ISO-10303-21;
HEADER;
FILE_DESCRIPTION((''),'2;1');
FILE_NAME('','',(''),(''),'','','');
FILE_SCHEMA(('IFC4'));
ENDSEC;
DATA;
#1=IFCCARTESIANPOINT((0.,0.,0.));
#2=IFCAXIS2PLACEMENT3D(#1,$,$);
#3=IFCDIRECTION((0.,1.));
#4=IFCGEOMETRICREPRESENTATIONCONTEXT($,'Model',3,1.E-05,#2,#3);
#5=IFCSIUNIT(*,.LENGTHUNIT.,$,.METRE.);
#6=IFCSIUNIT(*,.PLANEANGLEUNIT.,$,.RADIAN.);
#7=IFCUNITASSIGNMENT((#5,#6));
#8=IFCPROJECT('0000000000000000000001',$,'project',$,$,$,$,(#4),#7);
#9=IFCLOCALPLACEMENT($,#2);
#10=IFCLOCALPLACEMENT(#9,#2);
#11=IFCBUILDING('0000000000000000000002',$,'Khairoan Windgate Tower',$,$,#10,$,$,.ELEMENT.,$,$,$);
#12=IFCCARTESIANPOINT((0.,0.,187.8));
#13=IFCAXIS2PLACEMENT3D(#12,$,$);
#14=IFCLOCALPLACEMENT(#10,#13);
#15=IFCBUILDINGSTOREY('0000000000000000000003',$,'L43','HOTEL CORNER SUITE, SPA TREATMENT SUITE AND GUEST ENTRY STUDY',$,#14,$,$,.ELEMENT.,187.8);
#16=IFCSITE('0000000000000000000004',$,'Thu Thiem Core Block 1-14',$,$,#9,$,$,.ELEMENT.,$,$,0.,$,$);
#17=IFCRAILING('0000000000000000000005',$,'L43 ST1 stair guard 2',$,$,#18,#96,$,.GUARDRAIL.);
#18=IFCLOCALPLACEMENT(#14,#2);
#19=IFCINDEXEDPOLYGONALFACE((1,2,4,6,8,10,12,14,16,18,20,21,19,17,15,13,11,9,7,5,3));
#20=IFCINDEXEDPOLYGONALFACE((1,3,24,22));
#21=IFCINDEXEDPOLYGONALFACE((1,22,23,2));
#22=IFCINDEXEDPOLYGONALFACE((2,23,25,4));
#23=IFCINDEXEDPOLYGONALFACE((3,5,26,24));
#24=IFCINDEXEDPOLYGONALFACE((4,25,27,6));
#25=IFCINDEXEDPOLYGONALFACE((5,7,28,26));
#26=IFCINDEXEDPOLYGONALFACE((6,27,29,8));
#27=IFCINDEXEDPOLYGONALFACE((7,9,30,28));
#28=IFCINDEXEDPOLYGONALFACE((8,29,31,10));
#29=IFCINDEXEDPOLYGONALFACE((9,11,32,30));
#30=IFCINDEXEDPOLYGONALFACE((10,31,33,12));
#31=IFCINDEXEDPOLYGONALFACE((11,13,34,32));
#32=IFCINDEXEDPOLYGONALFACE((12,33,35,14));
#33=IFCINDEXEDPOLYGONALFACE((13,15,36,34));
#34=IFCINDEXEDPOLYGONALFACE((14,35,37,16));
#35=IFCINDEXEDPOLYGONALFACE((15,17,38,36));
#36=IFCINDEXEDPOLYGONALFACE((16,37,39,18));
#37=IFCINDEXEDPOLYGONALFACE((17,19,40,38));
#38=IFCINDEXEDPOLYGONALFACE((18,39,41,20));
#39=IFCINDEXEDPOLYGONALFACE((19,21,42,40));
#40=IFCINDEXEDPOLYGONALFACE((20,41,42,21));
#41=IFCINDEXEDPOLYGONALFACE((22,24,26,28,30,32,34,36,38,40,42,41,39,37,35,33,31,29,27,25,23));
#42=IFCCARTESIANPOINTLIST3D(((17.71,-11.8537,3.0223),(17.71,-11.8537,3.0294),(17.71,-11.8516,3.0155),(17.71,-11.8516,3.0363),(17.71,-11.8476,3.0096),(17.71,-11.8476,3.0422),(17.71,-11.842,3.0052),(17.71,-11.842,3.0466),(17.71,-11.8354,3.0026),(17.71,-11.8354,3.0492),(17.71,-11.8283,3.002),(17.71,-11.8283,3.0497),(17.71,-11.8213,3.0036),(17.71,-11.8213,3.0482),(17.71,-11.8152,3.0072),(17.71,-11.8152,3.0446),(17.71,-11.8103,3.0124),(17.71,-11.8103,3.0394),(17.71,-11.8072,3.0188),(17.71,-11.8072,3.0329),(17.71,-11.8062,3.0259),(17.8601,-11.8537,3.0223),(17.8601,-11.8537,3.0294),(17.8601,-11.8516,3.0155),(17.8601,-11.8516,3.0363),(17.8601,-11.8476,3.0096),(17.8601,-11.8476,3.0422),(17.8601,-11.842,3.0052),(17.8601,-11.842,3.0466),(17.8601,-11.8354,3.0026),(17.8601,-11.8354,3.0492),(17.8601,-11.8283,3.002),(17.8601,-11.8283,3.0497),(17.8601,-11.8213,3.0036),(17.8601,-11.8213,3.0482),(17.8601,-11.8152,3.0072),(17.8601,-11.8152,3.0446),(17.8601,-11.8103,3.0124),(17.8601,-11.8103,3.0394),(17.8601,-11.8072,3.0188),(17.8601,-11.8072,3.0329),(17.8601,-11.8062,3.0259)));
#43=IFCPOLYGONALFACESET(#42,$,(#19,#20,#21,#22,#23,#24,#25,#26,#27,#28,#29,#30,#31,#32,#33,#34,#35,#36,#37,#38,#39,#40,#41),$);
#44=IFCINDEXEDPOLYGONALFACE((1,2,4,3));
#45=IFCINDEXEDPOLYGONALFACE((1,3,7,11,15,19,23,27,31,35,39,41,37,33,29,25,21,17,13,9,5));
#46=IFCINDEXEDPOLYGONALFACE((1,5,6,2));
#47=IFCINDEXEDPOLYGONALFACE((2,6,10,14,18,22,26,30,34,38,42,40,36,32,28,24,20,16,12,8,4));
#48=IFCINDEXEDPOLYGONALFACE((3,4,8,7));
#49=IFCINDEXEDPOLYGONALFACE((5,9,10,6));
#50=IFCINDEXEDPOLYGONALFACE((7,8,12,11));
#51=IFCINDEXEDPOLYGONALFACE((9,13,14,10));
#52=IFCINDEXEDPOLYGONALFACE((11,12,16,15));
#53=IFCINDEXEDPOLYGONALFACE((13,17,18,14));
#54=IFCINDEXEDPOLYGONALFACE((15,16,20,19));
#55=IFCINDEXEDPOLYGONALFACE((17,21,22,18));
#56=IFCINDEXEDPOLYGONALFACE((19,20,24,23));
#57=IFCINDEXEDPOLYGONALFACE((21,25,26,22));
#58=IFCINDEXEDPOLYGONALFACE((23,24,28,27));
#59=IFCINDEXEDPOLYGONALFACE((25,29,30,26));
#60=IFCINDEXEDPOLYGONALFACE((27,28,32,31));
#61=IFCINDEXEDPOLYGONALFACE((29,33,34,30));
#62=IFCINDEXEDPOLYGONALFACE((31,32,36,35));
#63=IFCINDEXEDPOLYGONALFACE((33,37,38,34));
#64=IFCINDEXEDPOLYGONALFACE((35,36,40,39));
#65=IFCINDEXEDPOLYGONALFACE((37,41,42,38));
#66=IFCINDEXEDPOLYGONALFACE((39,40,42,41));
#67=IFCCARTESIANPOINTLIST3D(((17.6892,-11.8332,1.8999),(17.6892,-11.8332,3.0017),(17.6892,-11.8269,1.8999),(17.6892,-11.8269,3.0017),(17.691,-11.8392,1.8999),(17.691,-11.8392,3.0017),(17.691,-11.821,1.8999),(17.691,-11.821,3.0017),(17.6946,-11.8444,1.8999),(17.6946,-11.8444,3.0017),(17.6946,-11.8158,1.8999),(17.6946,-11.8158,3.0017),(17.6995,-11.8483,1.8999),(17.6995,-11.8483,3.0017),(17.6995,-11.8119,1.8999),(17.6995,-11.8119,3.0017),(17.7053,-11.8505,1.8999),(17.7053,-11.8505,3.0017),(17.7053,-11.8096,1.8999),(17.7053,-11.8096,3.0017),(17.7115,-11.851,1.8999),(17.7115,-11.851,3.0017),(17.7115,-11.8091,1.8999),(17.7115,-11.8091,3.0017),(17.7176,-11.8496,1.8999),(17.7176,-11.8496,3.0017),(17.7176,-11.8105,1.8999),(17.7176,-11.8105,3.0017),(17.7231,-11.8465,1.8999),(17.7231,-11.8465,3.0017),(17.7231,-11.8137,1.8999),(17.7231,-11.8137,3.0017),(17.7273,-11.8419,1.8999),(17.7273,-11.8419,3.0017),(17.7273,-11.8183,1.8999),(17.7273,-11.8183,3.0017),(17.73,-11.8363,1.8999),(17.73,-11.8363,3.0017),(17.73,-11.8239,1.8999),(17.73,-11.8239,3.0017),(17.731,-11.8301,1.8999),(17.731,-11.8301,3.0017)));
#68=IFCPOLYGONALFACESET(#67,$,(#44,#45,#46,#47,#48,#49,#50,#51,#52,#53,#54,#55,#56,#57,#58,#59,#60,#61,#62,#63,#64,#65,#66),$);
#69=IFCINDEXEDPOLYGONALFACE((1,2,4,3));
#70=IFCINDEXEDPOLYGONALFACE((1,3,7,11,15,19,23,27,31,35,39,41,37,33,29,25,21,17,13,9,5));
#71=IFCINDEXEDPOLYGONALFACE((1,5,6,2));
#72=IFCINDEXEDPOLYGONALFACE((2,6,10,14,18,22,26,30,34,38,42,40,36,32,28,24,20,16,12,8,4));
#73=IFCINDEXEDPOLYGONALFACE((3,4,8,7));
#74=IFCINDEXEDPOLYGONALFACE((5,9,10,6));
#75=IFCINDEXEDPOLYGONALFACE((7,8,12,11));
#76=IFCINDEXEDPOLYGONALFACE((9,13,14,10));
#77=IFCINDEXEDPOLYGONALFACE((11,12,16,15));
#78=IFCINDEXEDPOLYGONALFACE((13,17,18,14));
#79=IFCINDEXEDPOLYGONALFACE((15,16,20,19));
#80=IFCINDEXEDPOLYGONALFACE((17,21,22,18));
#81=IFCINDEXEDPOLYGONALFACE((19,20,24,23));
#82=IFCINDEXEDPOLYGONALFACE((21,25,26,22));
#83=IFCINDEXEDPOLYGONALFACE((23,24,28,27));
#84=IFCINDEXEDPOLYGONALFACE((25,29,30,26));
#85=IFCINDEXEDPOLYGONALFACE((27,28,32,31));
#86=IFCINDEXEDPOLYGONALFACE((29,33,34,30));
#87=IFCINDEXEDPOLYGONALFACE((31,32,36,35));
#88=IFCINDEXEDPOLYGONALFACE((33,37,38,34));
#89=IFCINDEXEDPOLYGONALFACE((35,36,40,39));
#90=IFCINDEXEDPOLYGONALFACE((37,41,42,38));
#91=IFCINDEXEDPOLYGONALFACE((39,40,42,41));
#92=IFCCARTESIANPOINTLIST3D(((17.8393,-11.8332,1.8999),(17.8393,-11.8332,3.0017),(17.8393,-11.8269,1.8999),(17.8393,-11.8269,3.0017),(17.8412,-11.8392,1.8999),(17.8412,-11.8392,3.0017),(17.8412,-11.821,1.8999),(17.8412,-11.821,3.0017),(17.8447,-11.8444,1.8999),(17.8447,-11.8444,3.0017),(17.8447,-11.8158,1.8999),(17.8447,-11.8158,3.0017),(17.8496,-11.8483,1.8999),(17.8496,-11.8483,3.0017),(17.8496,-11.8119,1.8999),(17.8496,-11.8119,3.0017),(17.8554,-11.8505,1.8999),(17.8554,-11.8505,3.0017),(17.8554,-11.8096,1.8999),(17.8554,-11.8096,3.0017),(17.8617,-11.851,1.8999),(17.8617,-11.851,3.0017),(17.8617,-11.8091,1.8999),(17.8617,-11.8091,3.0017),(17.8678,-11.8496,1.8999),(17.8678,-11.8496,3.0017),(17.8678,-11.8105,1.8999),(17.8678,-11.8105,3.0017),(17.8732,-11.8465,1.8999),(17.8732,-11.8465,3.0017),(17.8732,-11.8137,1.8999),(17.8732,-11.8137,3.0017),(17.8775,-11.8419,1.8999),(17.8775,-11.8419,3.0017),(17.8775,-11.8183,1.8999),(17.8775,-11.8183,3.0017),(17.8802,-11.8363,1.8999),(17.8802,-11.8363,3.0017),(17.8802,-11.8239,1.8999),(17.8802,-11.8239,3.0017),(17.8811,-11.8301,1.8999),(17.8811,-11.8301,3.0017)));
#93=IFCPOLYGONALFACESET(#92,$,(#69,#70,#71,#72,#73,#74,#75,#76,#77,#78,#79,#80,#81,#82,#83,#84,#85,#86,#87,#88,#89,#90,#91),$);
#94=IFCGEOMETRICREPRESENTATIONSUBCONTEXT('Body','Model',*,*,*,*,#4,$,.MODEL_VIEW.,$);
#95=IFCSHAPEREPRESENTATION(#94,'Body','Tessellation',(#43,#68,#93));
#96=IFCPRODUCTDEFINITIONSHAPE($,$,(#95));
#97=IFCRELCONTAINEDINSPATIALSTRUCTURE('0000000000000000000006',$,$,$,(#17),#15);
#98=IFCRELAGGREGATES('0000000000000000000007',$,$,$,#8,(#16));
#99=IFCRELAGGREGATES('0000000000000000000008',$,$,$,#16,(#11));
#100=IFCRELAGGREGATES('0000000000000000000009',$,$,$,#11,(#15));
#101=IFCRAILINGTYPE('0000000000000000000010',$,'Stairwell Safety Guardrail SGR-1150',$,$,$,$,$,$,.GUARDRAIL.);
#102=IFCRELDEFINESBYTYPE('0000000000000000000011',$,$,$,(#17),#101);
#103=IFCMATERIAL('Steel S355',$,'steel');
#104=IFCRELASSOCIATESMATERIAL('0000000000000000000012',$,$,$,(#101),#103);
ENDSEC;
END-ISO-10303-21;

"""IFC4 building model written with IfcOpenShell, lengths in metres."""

from ifc_helpers import new_model, si_unit, direction, frame, origin, origin_2d, place, context, subcontext, project, spatial, circle, extrude, material, type_object, element, save


model = new_model("IFC4")

# Units and contexts
model_context = context("Model", 3, precision=1e-05, world=origin(), true_north=direction((0.0, 1.0)))
body_context = subcontext(model_context, "Body", "Model", "MODEL_VIEW")
ifc_project = project(units=[si_unit("LENGTHUNIT", "METRE"), si_unit("PLANEANGLEUNIT", "RADIAN")], contexts=[model_context])

# Site, building, storey
site_placement = place(None, origin())
site = spatial("IfcSite", under=ifc_project, at=site_placement, Name="Thu Thiem Core Block 1-14", CompositionType="ELEMENT", RefElevation=0.0)
building_placement = place(site_placement, origin())
building = spatial("IfcBuilding", under=site, at=building_placement, Name="Khairoan Windgate Tower", CompositionType="ELEMENT")
storey_placement = place(building_placement, frame((0.0, 0.0, 187.8)))
storey = spatial("IfcBuildingStorey", under=building, at=storey_placement, Name="L43", Description="HOTEL CORNER SUITE, SPA TREATMENT SUITE AND GUEST ENTRY STUDY", CompositionType="ELEMENT", Elevation=187.8)

# Railing
ifc_material_1 = material(Name="Steel S355", Category="steel")
railing_type = type_object("IfcRailingType", Name="Stairwell Safety Guardrail SGR-1150", PredefinedType="GUARDRAIL", material=ifc_material_1)
railing_1_placement = place(storey_placement, frame((17.71, -11.8301, 1.8999)))
element("IfcRailing", 1, at=railing_1_placement, inside=storey, type_object=railing_type, Name="L43 ST1 stair guard 2", PredefinedType="GUARDRAIL", context=body_context, shape_type="SweptSolid", body=[
    extrude(circle(Radius=0.0239, at=origin_2d()), frame((0.0, 0.0, 1.126), z_axis=(1.0, 0.0, 0.0), x_axis=(0.0, 1.0, 0.0)), (0.0, 0.0, 1.0), 0.1501),
    extrude(circle(Radius=0.021, at=origin_2d()), origin(), (0.0, 0.0, 1.0), 1.1018),
    extrude(circle(Radius=0.021, at=origin_2d()), frame((0.1501, 0.0, 0.0)), (0.0, 0.0, 1.0), 1.1018),
])

save(model, "model.ifc")
